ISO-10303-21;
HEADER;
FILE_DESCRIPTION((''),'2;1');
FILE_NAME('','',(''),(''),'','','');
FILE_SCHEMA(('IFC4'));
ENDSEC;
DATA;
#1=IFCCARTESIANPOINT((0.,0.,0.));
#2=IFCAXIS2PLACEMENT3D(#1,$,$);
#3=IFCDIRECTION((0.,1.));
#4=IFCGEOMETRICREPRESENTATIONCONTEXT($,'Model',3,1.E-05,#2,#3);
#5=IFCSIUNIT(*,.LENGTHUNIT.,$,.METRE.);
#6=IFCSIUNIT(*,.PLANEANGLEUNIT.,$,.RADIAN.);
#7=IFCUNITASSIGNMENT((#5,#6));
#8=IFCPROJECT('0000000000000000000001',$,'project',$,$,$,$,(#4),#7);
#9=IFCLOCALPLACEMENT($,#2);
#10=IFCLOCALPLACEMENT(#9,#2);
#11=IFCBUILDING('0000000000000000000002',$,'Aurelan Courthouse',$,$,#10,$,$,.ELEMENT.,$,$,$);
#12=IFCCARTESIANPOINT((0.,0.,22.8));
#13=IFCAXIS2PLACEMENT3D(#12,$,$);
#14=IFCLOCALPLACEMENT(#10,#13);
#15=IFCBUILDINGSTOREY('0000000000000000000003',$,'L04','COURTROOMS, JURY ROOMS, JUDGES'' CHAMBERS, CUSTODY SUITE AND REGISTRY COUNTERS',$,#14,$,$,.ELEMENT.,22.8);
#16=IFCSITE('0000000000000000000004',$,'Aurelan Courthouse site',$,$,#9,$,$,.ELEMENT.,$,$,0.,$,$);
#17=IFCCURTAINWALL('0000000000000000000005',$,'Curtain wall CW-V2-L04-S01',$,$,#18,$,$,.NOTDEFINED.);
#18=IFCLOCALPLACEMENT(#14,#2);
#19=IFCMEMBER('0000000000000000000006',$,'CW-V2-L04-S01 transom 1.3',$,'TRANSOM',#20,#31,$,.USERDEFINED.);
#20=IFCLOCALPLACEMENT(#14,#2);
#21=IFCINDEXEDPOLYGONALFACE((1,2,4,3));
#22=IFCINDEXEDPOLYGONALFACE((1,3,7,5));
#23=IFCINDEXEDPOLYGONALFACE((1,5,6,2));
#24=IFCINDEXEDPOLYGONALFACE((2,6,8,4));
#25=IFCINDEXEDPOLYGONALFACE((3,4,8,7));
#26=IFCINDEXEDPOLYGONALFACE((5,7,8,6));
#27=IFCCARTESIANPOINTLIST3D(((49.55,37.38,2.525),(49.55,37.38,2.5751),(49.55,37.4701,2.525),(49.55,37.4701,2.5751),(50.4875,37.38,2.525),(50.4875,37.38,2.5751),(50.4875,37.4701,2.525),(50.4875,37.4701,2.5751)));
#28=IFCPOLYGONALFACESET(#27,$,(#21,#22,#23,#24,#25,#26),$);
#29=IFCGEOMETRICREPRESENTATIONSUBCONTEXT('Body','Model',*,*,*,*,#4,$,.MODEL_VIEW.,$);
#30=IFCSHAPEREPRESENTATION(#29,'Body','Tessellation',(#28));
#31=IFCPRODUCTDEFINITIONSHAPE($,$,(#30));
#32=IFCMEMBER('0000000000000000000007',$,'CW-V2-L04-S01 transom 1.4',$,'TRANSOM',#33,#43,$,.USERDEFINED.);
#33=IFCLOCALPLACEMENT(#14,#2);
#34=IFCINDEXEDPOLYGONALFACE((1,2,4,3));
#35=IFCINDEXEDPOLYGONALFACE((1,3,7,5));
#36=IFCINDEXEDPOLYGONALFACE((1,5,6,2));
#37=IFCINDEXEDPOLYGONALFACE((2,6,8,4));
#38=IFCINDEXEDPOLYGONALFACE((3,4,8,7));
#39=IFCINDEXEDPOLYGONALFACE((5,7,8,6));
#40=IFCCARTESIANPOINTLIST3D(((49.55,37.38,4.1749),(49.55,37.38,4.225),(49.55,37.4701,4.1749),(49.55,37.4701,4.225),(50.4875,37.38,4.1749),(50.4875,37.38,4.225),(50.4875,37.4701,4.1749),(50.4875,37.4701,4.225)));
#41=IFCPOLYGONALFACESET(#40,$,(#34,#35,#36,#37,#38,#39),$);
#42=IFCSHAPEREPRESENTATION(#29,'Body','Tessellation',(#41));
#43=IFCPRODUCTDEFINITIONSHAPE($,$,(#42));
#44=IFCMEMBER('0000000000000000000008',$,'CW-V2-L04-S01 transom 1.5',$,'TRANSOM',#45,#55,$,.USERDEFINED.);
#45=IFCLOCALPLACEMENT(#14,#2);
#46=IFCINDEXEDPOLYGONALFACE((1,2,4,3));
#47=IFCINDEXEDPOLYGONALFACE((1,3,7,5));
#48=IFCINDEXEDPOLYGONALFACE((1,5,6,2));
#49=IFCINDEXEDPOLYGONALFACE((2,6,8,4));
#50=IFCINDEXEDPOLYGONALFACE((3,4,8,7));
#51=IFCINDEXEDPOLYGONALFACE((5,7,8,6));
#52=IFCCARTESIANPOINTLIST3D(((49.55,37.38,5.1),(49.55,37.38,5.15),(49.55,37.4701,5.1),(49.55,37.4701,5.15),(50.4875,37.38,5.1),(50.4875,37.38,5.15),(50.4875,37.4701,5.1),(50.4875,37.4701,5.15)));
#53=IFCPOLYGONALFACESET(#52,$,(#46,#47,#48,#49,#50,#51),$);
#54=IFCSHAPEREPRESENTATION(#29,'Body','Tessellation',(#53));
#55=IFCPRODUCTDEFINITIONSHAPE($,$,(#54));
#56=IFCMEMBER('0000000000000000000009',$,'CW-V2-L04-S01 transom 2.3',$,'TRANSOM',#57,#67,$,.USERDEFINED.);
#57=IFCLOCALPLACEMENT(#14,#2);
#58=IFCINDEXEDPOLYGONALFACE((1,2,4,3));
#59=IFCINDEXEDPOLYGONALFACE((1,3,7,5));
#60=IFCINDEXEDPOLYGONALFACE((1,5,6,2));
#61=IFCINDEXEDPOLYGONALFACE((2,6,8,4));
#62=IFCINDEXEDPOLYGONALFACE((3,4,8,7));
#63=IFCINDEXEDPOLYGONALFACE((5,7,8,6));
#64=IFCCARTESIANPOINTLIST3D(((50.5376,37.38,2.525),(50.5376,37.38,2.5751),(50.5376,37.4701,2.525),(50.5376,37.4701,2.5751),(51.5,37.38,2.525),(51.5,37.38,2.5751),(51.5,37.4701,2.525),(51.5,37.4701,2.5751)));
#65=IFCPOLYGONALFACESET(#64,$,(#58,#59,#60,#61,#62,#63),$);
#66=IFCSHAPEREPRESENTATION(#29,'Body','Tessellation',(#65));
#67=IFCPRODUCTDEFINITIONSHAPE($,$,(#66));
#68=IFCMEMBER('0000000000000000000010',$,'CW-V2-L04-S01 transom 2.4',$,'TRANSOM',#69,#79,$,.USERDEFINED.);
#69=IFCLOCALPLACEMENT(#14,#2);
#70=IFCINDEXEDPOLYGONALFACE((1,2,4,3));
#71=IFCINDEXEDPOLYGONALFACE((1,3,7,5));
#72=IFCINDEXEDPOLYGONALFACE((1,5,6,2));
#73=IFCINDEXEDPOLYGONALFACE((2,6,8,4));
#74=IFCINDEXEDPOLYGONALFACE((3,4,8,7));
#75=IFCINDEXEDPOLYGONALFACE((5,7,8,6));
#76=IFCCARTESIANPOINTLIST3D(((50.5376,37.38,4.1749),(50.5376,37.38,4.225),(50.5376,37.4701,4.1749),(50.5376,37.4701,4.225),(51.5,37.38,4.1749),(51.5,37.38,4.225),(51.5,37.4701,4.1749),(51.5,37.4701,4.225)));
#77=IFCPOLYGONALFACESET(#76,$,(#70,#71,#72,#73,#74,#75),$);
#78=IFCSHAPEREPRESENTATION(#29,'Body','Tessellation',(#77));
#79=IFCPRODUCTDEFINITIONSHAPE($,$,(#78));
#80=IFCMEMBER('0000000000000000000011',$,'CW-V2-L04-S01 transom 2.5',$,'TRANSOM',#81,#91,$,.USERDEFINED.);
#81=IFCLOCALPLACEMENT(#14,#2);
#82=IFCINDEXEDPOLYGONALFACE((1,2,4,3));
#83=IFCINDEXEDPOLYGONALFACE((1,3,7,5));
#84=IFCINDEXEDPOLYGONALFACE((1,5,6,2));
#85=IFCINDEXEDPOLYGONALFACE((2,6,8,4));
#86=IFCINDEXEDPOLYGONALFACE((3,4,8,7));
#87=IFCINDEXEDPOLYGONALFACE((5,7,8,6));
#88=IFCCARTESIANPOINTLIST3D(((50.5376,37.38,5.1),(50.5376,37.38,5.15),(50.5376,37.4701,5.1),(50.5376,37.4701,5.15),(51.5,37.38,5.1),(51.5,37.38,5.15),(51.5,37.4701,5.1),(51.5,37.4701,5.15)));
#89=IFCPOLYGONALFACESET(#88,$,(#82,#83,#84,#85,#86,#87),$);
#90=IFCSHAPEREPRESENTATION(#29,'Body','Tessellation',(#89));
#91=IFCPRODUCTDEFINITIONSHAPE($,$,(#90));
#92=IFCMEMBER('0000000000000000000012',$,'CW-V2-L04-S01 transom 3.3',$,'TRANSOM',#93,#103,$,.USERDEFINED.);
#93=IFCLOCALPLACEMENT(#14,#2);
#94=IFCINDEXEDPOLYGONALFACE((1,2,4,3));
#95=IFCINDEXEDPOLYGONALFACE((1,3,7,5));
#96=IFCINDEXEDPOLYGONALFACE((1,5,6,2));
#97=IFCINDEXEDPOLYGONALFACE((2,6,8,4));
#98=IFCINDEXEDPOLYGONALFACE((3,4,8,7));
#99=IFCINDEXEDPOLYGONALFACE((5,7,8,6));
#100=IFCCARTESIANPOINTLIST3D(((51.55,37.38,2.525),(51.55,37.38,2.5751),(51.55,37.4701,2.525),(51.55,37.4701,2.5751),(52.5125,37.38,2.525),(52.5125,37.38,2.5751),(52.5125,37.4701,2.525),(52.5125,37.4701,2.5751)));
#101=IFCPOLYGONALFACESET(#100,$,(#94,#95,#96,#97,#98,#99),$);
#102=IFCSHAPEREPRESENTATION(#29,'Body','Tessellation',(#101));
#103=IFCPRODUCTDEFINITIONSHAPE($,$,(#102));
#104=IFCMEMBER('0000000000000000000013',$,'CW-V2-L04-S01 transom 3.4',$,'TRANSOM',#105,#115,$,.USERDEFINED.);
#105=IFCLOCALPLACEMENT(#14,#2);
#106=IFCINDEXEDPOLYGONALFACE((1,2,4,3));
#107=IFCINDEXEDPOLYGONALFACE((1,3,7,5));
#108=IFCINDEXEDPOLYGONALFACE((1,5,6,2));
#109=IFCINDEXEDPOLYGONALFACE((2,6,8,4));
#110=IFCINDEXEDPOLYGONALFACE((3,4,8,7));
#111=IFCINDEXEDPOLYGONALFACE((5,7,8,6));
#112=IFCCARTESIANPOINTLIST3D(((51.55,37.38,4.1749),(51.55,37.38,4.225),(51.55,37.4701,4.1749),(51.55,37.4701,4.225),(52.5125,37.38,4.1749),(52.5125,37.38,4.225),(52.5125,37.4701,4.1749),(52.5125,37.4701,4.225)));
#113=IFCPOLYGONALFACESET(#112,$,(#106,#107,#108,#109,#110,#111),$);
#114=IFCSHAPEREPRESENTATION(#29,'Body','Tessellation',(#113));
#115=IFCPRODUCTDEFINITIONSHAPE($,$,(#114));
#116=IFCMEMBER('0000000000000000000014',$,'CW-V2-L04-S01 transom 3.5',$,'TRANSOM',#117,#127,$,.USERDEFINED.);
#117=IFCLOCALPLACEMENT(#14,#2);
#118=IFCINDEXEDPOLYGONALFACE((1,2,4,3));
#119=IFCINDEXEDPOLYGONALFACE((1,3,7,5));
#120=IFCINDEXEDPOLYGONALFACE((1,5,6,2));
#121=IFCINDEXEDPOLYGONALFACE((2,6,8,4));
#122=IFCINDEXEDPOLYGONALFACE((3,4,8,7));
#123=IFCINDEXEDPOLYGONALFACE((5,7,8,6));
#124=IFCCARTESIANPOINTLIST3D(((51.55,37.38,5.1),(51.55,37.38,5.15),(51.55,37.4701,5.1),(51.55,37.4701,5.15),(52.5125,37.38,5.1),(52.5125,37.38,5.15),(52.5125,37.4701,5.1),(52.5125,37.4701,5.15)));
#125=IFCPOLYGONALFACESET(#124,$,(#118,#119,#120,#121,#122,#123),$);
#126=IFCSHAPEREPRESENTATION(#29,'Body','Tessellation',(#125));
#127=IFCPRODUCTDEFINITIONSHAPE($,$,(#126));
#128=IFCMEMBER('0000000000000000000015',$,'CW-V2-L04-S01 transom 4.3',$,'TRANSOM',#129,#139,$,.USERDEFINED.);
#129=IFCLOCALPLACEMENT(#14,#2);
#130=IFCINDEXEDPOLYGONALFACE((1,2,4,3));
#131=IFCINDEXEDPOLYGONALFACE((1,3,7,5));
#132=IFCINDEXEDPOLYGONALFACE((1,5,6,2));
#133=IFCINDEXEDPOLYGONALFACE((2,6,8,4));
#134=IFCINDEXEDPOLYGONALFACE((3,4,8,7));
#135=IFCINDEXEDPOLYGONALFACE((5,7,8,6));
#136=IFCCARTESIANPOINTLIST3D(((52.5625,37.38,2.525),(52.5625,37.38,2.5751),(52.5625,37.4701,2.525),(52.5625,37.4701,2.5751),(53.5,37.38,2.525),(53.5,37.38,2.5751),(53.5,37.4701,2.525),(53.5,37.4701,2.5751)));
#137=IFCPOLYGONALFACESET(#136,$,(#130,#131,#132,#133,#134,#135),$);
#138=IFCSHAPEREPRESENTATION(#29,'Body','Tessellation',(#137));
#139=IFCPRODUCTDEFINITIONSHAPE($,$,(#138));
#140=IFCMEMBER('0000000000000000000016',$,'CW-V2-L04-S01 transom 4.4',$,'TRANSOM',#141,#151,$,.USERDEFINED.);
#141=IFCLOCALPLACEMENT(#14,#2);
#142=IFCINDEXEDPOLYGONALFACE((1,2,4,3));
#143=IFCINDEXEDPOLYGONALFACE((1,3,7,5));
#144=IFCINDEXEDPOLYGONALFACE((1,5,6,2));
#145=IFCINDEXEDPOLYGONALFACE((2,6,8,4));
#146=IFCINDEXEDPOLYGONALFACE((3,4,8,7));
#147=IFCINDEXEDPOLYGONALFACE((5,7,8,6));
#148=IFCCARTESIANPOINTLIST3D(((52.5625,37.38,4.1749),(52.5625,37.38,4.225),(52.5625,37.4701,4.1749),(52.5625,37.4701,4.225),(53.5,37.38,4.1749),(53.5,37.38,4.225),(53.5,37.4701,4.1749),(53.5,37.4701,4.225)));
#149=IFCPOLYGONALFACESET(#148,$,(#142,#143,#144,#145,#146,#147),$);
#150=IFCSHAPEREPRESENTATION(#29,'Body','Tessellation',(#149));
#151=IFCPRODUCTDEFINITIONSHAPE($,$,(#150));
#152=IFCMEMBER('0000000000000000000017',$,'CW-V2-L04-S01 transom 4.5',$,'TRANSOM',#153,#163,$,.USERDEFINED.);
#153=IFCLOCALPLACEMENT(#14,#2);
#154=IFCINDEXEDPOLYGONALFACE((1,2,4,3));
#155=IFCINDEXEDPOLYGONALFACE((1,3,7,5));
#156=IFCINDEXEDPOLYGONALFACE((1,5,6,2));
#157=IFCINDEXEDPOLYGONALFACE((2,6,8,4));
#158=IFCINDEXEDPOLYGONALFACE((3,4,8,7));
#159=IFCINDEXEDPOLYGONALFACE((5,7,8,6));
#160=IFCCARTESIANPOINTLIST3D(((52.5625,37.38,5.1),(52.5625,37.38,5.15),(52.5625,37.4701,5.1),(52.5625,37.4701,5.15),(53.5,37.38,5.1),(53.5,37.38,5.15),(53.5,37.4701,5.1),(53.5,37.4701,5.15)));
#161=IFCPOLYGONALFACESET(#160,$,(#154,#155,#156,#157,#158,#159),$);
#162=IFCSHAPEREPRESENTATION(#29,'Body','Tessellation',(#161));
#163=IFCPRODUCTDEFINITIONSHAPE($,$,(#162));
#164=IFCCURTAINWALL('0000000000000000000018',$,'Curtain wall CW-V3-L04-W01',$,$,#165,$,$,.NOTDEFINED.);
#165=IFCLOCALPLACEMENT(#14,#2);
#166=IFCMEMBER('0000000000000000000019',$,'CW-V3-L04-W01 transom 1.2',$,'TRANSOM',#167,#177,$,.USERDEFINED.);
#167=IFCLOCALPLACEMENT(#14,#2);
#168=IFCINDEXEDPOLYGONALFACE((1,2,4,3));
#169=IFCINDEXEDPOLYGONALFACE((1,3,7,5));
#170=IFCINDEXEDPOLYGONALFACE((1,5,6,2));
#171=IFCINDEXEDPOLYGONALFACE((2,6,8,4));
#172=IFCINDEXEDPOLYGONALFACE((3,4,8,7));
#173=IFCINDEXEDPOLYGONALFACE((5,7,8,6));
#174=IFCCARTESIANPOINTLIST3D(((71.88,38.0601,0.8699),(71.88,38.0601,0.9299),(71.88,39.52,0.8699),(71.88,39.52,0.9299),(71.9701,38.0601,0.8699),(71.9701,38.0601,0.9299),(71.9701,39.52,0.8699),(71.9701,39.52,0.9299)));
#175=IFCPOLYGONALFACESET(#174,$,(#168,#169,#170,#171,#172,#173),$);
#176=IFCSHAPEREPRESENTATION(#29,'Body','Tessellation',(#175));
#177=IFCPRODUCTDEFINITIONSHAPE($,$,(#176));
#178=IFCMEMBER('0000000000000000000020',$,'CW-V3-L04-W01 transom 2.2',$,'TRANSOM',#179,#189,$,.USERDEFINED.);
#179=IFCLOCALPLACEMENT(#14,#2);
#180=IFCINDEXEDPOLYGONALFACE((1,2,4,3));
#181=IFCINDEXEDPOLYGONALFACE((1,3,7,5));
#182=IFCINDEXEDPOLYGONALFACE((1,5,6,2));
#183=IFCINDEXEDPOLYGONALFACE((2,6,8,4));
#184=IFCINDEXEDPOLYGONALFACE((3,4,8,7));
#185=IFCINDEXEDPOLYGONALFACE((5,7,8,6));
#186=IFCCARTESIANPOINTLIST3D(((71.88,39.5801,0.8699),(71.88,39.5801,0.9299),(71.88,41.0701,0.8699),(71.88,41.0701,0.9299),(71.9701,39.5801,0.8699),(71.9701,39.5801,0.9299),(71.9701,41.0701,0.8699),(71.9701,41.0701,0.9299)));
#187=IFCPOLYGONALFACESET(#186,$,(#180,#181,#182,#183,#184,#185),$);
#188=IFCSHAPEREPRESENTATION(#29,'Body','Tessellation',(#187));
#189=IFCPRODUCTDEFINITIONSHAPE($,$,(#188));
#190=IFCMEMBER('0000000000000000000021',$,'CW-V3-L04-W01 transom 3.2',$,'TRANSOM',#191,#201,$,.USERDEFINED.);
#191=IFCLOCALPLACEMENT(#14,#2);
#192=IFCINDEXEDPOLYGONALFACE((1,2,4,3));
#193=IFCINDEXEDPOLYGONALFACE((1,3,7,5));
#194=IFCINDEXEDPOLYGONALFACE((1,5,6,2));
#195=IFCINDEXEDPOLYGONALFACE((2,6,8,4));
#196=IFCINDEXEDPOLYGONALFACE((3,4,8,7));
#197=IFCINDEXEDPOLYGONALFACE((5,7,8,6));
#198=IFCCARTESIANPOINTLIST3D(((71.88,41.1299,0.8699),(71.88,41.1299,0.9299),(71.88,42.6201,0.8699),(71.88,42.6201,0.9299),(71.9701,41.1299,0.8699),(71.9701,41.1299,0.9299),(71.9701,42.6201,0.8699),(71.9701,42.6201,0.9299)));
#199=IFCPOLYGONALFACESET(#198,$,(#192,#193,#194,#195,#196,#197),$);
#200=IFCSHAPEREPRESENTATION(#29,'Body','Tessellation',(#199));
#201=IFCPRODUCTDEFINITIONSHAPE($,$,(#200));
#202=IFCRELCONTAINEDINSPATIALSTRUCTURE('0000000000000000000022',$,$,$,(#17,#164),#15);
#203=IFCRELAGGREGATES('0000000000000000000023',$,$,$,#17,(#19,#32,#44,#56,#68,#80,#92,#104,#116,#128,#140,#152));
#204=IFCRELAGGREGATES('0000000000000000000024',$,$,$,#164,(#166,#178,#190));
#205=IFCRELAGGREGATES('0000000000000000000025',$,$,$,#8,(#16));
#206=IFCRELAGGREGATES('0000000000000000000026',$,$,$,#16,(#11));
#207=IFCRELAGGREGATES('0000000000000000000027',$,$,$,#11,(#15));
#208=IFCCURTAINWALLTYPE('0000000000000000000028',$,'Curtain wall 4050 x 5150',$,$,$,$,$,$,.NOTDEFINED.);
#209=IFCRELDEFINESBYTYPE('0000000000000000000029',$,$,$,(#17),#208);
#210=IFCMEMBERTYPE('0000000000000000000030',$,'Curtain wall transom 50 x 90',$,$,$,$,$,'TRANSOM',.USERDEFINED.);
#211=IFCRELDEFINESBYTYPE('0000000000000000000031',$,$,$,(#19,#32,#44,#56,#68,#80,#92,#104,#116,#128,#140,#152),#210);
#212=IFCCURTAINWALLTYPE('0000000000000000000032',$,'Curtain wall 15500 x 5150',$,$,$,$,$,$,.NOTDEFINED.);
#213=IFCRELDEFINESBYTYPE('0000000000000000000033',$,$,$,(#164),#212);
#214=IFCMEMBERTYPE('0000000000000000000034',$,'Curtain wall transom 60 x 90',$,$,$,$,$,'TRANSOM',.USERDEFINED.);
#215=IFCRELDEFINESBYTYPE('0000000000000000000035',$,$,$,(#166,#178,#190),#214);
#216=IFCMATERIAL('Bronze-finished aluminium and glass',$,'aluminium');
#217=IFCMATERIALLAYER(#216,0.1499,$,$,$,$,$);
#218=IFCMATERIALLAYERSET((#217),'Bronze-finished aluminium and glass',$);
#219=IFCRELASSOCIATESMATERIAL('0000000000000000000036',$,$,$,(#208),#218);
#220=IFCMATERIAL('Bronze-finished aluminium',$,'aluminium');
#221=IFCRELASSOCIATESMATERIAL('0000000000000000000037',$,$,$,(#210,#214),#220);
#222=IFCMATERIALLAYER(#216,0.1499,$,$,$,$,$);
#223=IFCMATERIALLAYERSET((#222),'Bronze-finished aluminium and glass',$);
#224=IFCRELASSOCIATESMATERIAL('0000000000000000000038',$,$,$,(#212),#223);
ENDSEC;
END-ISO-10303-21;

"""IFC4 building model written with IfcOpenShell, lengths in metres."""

from ifc_helpers import new_model, si_unit, direction, frame, origin, origin_2d, place, context, subcontext, project, spatial, rectangle, extrude, material, layer, layer_set, material_profile, profile_set, type_object, element, aggregate, save


model = new_model("IFC4")

# Units and contexts
model_context = context("Model", 3, precision=1e-05, world=origin(), true_north=direction((0.0, 1.0)))
body_context = subcontext(model_context, "Body", "Model", "MODEL_VIEW")
ifc_project = project(units=[si_unit("LENGTHUNIT", "METRE"), si_unit("PLANEANGLEUNIT", "RADIAN")], contexts=[model_context])

# Site, building, storey
site_placement = place(None, origin())
site = spatial("IfcSite", under=ifc_project, at=site_placement, Name="Aurelan Courthouse site", CompositionType="ELEMENT", RefElevation=0.0)
building_placement = place(site_placement, origin())
building = spatial("IfcBuilding", under=site, at=building_placement, Name="Aurelan Courthouse", CompositionType="ELEMENT")
storey_placement = place(building_placement, frame((0.0, 0.0, 22.8)))
storey = spatial("IfcBuildingStorey", under=building, at=storey_placement, Name="L04", Description="COURTROOMS, JURY ROOMS, JUDGES' CHAMBERS, CUSTODY SUITE AND REGISTRY COUNTERS", CompositionType="ELEMENT", Elevation=22.8)

# Curtain walls, members
ifc_material_1 = material(Name="Bronze-finished aluminium and glass", Category="aluminium")
ifc_layer_1 = layer(ifc_material_1, 0.1499)
ifc_layer_set_1 = layer_set([ifc_layer_1], Name="Bronze-finished aluminium and glass")
curtain_wall_type_1 = type_object("IfcCurtainWallType", Name="Curtain wall 4050 x 5150", PredefinedType="NOTDEFINED", material=ifc_layer_set_1)
curtain_wall_1_placement = place(storey_placement, origin())
curtain_wall_1 = element("IfcCurtainWall", 1, at=curtain_wall_1_placement, inside=storey, type_object=curtain_wall_type_1, Name="Curtain wall CW-V2-L04-S01", PredefinedType="NOTDEFINED")
ifc_material_2 = material(Name="Bronze-finished aluminium", Category="aluminium")
ifc_material_profile_1 = material_profile(ifc_material_2, rectangle(XDim=0.0901, YDim=0.05, at=origin_2d()), Name="Bronze transom 50 x 90")
ifc_profile_set_1 = profile_set([ifc_material_profile_1], Name="Bronze-finished aluminium")
member_type_1 = type_object("IfcMemberType", Name="Curtain wall transom 50 x 90", ElementType="TRANSOM", PredefinedType="USERDEFINED", material=ifc_profile_set_1)
member_1_placement = place(storey_placement, frame((49.55, 37.425, 2.55), z_axis=(1.0, 0.0, 0.0), x_axis=(0.0, 1.0, 0.0)))
member_1 = element("IfcMember", 2, at=member_1_placement, type_object=member_type_1, Name="CW-V2-L04-S01 transom 1.3", ObjectType="TRANSOM", PredefinedType="USERDEFINED", context=body_context, shape_type="SweptSolid", body=[
    extrude(rectangle(XDim=0.0901, YDim=0.05, at=origin_2d()), origin(), (0.0, 0.0, 1.0), 0.9375),
])
member_2_placement = place(storey_placement, frame((49.55, 37.425, 4.2), z_axis=(1.0, 0.0, 0.0), x_axis=(0.0, 1.0, 0.0)))
member_2 = element("IfcMember", 3, at=member_2_placement, type_object=member_type_1, Name="CW-V2-L04-S01 transom 1.4", ObjectType="TRANSOM", PredefinedType="USERDEFINED", context=body_context, shape_type="SweptSolid", body=[
    extrude(rectangle(XDim=0.0901, YDim=0.05, at=origin_2d()), origin(), (0.0, 0.0, 1.0), 0.9375),
])
member_3_placement = place(storey_placement, frame((49.55, 37.425, 5.125), z_axis=(1.0, 0.0, 0.0), x_axis=(0.0, 1.0, 0.0)))
member_3 = element("IfcMember", 4, at=member_3_placement, type_object=member_type_1, Name="CW-V2-L04-S01 transom 1.5", ObjectType="TRANSOM", PredefinedType="USERDEFINED", context=body_context, shape_type="SweptSolid", body=[
    extrude(rectangle(XDim=0.0901, YDim=0.05, at=origin_2d()), origin(), (0.0, 0.0, 1.0), 0.9375),
])
member_4_placement = place(storey_placement, frame((50.5376, 37.425, 2.55), z_axis=(1.0, 0.0, 0.0), x_axis=(0.0, 1.0, 0.0)))
member_4 = element("IfcMember", 5, at=member_4_placement, type_object=member_type_1, Name="CW-V2-L04-S01 transom 2.3", ObjectType="TRANSOM", PredefinedType="USERDEFINED", context=body_context, shape_type="SweptSolid", body=[
    extrude(rectangle(XDim=0.0901, YDim=0.05, at=origin_2d()), origin(), (0.0, 0.0, 1.0), 0.9624),
])
member_5_placement = place(storey_placement, frame((50.5376, 37.425, 4.2), z_axis=(1.0, 0.0, 0.0), x_axis=(0.0, 1.0, 0.0)))
member_5 = element("IfcMember", 6, at=member_5_placement, type_object=member_type_1, Name="CW-V2-L04-S01 transom 2.4", ObjectType="TRANSOM", PredefinedType="USERDEFINED", context=body_context, shape_type="SweptSolid", body=[
    extrude(rectangle(XDim=0.0901, YDim=0.05, at=origin_2d()), origin(), (0.0, 0.0, 1.0), 0.9624),
])
member_6_placement = place(storey_placement, frame((50.5376, 37.425, 5.125), z_axis=(1.0, 0.0, 0.0), x_axis=(0.0, 1.0, 0.0)))
member_6 = element("IfcMember", 7, at=member_6_placement, type_object=member_type_1, Name="CW-V2-L04-S01 transom 2.5", ObjectType="TRANSOM", PredefinedType="USERDEFINED", context=body_context, shape_type="SweptSolid", body=[
    extrude(rectangle(XDim=0.0901, YDim=0.05, at=origin_2d()), origin(), (0.0, 0.0, 1.0), 0.9624),
])
member_7_placement = place(storey_placement, frame((51.55, 37.425, 2.55), z_axis=(1.0, 0.0, 0.0), x_axis=(0.0, 1.0, 0.0)))
member_7 = element("IfcMember", 8, at=member_7_placement, type_object=member_type_1, Name="CW-V2-L04-S01 transom 3.3", ObjectType="TRANSOM", PredefinedType="USERDEFINED", context=body_context, shape_type="SweptSolid", body=[
    extrude(rectangle(XDim=0.0901, YDim=0.05, at=origin_2d()), origin(), (0.0, 0.0, 1.0), 0.9624),
])
member_8_placement = place(storey_placement, frame((51.55, 37.425, 4.2), z_axis=(1.0, 0.0, 0.0), x_axis=(0.0, 1.0, 0.0)))
member_8 = element("IfcMember", 9, at=member_8_placement, type_object=member_type_1, Name="CW-V2-L04-S01 transom 3.4", ObjectType="TRANSOM", PredefinedType="USERDEFINED", context=body_context, shape_type="SweptSolid", body=[
    extrude(rectangle(XDim=0.0901, YDim=0.05, at=origin_2d()), origin(), (0.0, 0.0, 1.0), 0.9624),
])
member_9_placement = place(storey_placement, frame((51.55, 37.425, 5.125), z_axis=(1.0, 0.0, 0.0), x_axis=(0.0, 1.0, 0.0)))
member_9 = element("IfcMember", 10, at=member_9_placement, type_object=member_type_1, Name="CW-V2-L04-S01 transom 3.5", ObjectType="TRANSOM", PredefinedType="USERDEFINED", context=body_context, shape_type="SweptSolid", body=[
    extrude(rectangle(XDim=0.0901, YDim=0.05, at=origin_2d()), origin(), (0.0, 0.0, 1.0), 0.9624),
])
member_10_placement = place(storey_placement, frame((52.5625, 37.425, 2.55), z_axis=(1.0, 0.0, 0.0), x_axis=(0.0, 1.0, 0.0)))
member_10 = element("IfcMember", 11, at=member_10_placement, type_object=member_type_1, Name="CW-V2-L04-S01 transom 4.3", ObjectType="TRANSOM", PredefinedType="USERDEFINED", context=body_context, shape_type="SweptSolid", body=[
    extrude(rectangle(XDim=0.0901, YDim=0.05, at=origin_2d()), origin(), (0.0, 0.0, 1.0), 0.9375),
])
member_11_placement = place(storey_placement, frame((52.5625, 37.425, 4.2), z_axis=(1.0, 0.0, 0.0), x_axis=(0.0, 1.0, 0.0)))
member_11 = element("IfcMember", 12, at=member_11_placement, type_object=member_type_1, Name="CW-V2-L04-S01 transom 4.4", ObjectType="TRANSOM", PredefinedType="USERDEFINED", context=body_context, shape_type="SweptSolid", body=[
    extrude(rectangle(XDim=0.0901, YDim=0.05, at=origin_2d()), origin(), (0.0, 0.0, 1.0), 0.9375),
])
member_12_placement = place(storey_placement, frame((52.5625, 37.425, 5.125), z_axis=(1.0, 0.0, 0.0), x_axis=(0.0, 1.0, 0.0)))
member_12 = element("IfcMember", 13, at=member_12_placement, type_object=member_type_1, Name="CW-V2-L04-S01 transom 4.5", ObjectType="TRANSOM", PredefinedType="USERDEFINED", context=body_context, shape_type="SweptSolid", body=[
    extrude(rectangle(XDim=0.0901, YDim=0.05, at=origin_2d()), origin(), (0.0, 0.0, 1.0), 0.9375),
])
ifc_layer_2 = layer(ifc_material_1, 0.1499)
ifc_layer_set_2 = layer_set([ifc_layer_2], Name="Bronze-finished aluminium and glass")
curtain_wall_type_2 = type_object("IfcCurtainWallType", Name="Curtain wall 15500 x 5150", PredefinedType="NOTDEFINED", material=ifc_layer_set_2)
curtain_wall_2_placement = place(storey_placement, origin())
curtain_wall_2 = element("IfcCurtainWall", 14, at=curtain_wall_2_placement, inside=storey, type_object=curtain_wall_type_2, Name="Curtain wall CW-V3-L04-W01", PredefinedType="NOTDEFINED")
ifc_material_profile_2 = material_profile(ifc_material_2, rectangle(XDim=0.0901, YDim=0.0601, at=origin_2d()), Name="Bronze transom 60 x 90")
ifc_profile_set_2 = profile_set([ifc_material_profile_2], Name="Bronze-finished aluminium")
member_type_2 = type_object("IfcMemberType", Name="Curtain wall transom 60 x 90", ElementType="TRANSOM", PredefinedType="USERDEFINED", material=ifc_profile_set_2)
member_13_placement = place(storey_placement, frame((71.925, 38.0601, 0.8999), z_axis=(0.0, 1.0, 0.0), x_axis=(-1.0, 0.0, 0.0)))
member_13 = element("IfcMember", 15, at=member_13_placement, type_object=member_type_2, Name="CW-V3-L04-W01 transom 1.2", ObjectType="TRANSOM", PredefinedType="USERDEFINED", context=body_context, shape_type="SweptSolid", body=[
    extrude(rectangle(XDim=0.0901, YDim=0.0601, at=origin_2d()), origin(), (0.0, 0.0, 1.0), 1.46),
])
member_14_placement = place(storey_placement, frame((71.925, 39.5801, 0.8999), z_axis=(0.0, 1.0, 0.0), x_axis=(-1.0, 0.0, 0.0)))
member_14 = element("IfcMember", 16, at=member_14_placement, type_object=member_type_2, Name="CW-V3-L04-W01 transom 2.2", ObjectType="TRANSOM", PredefinedType="USERDEFINED", context=body_context, shape_type="SweptSolid", body=[
    extrude(rectangle(XDim=0.0901, YDim=0.0601, at=origin_2d()), origin(), (0.0, 0.0, 1.0), 1.49),
])
member_15_placement = place(storey_placement, frame((71.925, 41.1299, 0.8999), z_axis=(0.0, 1.0, 0.0), x_axis=(-1.0, 0.0, 0.0)))
member_15 = element("IfcMember", 17, at=member_15_placement, type_object=member_type_2, Name="CW-V3-L04-W01 transom 3.2", ObjectType="TRANSOM", PredefinedType="USERDEFINED", context=body_context, shape_type="SweptSolid", body=[
    extrude(rectangle(XDim=0.0901, YDim=0.0601, at=origin_2d()), origin(), (0.0, 0.0, 1.0), 1.4902),
])

aggregate(curtain_wall_1, [member_1, member_2, member_3, member_4, member_5, member_6, member_7, member_8, member_9, member_10, member_11, member_12])
aggregate(curtain_wall_2, [member_13, member_14, member_15])

save(model, "model.ifc")
